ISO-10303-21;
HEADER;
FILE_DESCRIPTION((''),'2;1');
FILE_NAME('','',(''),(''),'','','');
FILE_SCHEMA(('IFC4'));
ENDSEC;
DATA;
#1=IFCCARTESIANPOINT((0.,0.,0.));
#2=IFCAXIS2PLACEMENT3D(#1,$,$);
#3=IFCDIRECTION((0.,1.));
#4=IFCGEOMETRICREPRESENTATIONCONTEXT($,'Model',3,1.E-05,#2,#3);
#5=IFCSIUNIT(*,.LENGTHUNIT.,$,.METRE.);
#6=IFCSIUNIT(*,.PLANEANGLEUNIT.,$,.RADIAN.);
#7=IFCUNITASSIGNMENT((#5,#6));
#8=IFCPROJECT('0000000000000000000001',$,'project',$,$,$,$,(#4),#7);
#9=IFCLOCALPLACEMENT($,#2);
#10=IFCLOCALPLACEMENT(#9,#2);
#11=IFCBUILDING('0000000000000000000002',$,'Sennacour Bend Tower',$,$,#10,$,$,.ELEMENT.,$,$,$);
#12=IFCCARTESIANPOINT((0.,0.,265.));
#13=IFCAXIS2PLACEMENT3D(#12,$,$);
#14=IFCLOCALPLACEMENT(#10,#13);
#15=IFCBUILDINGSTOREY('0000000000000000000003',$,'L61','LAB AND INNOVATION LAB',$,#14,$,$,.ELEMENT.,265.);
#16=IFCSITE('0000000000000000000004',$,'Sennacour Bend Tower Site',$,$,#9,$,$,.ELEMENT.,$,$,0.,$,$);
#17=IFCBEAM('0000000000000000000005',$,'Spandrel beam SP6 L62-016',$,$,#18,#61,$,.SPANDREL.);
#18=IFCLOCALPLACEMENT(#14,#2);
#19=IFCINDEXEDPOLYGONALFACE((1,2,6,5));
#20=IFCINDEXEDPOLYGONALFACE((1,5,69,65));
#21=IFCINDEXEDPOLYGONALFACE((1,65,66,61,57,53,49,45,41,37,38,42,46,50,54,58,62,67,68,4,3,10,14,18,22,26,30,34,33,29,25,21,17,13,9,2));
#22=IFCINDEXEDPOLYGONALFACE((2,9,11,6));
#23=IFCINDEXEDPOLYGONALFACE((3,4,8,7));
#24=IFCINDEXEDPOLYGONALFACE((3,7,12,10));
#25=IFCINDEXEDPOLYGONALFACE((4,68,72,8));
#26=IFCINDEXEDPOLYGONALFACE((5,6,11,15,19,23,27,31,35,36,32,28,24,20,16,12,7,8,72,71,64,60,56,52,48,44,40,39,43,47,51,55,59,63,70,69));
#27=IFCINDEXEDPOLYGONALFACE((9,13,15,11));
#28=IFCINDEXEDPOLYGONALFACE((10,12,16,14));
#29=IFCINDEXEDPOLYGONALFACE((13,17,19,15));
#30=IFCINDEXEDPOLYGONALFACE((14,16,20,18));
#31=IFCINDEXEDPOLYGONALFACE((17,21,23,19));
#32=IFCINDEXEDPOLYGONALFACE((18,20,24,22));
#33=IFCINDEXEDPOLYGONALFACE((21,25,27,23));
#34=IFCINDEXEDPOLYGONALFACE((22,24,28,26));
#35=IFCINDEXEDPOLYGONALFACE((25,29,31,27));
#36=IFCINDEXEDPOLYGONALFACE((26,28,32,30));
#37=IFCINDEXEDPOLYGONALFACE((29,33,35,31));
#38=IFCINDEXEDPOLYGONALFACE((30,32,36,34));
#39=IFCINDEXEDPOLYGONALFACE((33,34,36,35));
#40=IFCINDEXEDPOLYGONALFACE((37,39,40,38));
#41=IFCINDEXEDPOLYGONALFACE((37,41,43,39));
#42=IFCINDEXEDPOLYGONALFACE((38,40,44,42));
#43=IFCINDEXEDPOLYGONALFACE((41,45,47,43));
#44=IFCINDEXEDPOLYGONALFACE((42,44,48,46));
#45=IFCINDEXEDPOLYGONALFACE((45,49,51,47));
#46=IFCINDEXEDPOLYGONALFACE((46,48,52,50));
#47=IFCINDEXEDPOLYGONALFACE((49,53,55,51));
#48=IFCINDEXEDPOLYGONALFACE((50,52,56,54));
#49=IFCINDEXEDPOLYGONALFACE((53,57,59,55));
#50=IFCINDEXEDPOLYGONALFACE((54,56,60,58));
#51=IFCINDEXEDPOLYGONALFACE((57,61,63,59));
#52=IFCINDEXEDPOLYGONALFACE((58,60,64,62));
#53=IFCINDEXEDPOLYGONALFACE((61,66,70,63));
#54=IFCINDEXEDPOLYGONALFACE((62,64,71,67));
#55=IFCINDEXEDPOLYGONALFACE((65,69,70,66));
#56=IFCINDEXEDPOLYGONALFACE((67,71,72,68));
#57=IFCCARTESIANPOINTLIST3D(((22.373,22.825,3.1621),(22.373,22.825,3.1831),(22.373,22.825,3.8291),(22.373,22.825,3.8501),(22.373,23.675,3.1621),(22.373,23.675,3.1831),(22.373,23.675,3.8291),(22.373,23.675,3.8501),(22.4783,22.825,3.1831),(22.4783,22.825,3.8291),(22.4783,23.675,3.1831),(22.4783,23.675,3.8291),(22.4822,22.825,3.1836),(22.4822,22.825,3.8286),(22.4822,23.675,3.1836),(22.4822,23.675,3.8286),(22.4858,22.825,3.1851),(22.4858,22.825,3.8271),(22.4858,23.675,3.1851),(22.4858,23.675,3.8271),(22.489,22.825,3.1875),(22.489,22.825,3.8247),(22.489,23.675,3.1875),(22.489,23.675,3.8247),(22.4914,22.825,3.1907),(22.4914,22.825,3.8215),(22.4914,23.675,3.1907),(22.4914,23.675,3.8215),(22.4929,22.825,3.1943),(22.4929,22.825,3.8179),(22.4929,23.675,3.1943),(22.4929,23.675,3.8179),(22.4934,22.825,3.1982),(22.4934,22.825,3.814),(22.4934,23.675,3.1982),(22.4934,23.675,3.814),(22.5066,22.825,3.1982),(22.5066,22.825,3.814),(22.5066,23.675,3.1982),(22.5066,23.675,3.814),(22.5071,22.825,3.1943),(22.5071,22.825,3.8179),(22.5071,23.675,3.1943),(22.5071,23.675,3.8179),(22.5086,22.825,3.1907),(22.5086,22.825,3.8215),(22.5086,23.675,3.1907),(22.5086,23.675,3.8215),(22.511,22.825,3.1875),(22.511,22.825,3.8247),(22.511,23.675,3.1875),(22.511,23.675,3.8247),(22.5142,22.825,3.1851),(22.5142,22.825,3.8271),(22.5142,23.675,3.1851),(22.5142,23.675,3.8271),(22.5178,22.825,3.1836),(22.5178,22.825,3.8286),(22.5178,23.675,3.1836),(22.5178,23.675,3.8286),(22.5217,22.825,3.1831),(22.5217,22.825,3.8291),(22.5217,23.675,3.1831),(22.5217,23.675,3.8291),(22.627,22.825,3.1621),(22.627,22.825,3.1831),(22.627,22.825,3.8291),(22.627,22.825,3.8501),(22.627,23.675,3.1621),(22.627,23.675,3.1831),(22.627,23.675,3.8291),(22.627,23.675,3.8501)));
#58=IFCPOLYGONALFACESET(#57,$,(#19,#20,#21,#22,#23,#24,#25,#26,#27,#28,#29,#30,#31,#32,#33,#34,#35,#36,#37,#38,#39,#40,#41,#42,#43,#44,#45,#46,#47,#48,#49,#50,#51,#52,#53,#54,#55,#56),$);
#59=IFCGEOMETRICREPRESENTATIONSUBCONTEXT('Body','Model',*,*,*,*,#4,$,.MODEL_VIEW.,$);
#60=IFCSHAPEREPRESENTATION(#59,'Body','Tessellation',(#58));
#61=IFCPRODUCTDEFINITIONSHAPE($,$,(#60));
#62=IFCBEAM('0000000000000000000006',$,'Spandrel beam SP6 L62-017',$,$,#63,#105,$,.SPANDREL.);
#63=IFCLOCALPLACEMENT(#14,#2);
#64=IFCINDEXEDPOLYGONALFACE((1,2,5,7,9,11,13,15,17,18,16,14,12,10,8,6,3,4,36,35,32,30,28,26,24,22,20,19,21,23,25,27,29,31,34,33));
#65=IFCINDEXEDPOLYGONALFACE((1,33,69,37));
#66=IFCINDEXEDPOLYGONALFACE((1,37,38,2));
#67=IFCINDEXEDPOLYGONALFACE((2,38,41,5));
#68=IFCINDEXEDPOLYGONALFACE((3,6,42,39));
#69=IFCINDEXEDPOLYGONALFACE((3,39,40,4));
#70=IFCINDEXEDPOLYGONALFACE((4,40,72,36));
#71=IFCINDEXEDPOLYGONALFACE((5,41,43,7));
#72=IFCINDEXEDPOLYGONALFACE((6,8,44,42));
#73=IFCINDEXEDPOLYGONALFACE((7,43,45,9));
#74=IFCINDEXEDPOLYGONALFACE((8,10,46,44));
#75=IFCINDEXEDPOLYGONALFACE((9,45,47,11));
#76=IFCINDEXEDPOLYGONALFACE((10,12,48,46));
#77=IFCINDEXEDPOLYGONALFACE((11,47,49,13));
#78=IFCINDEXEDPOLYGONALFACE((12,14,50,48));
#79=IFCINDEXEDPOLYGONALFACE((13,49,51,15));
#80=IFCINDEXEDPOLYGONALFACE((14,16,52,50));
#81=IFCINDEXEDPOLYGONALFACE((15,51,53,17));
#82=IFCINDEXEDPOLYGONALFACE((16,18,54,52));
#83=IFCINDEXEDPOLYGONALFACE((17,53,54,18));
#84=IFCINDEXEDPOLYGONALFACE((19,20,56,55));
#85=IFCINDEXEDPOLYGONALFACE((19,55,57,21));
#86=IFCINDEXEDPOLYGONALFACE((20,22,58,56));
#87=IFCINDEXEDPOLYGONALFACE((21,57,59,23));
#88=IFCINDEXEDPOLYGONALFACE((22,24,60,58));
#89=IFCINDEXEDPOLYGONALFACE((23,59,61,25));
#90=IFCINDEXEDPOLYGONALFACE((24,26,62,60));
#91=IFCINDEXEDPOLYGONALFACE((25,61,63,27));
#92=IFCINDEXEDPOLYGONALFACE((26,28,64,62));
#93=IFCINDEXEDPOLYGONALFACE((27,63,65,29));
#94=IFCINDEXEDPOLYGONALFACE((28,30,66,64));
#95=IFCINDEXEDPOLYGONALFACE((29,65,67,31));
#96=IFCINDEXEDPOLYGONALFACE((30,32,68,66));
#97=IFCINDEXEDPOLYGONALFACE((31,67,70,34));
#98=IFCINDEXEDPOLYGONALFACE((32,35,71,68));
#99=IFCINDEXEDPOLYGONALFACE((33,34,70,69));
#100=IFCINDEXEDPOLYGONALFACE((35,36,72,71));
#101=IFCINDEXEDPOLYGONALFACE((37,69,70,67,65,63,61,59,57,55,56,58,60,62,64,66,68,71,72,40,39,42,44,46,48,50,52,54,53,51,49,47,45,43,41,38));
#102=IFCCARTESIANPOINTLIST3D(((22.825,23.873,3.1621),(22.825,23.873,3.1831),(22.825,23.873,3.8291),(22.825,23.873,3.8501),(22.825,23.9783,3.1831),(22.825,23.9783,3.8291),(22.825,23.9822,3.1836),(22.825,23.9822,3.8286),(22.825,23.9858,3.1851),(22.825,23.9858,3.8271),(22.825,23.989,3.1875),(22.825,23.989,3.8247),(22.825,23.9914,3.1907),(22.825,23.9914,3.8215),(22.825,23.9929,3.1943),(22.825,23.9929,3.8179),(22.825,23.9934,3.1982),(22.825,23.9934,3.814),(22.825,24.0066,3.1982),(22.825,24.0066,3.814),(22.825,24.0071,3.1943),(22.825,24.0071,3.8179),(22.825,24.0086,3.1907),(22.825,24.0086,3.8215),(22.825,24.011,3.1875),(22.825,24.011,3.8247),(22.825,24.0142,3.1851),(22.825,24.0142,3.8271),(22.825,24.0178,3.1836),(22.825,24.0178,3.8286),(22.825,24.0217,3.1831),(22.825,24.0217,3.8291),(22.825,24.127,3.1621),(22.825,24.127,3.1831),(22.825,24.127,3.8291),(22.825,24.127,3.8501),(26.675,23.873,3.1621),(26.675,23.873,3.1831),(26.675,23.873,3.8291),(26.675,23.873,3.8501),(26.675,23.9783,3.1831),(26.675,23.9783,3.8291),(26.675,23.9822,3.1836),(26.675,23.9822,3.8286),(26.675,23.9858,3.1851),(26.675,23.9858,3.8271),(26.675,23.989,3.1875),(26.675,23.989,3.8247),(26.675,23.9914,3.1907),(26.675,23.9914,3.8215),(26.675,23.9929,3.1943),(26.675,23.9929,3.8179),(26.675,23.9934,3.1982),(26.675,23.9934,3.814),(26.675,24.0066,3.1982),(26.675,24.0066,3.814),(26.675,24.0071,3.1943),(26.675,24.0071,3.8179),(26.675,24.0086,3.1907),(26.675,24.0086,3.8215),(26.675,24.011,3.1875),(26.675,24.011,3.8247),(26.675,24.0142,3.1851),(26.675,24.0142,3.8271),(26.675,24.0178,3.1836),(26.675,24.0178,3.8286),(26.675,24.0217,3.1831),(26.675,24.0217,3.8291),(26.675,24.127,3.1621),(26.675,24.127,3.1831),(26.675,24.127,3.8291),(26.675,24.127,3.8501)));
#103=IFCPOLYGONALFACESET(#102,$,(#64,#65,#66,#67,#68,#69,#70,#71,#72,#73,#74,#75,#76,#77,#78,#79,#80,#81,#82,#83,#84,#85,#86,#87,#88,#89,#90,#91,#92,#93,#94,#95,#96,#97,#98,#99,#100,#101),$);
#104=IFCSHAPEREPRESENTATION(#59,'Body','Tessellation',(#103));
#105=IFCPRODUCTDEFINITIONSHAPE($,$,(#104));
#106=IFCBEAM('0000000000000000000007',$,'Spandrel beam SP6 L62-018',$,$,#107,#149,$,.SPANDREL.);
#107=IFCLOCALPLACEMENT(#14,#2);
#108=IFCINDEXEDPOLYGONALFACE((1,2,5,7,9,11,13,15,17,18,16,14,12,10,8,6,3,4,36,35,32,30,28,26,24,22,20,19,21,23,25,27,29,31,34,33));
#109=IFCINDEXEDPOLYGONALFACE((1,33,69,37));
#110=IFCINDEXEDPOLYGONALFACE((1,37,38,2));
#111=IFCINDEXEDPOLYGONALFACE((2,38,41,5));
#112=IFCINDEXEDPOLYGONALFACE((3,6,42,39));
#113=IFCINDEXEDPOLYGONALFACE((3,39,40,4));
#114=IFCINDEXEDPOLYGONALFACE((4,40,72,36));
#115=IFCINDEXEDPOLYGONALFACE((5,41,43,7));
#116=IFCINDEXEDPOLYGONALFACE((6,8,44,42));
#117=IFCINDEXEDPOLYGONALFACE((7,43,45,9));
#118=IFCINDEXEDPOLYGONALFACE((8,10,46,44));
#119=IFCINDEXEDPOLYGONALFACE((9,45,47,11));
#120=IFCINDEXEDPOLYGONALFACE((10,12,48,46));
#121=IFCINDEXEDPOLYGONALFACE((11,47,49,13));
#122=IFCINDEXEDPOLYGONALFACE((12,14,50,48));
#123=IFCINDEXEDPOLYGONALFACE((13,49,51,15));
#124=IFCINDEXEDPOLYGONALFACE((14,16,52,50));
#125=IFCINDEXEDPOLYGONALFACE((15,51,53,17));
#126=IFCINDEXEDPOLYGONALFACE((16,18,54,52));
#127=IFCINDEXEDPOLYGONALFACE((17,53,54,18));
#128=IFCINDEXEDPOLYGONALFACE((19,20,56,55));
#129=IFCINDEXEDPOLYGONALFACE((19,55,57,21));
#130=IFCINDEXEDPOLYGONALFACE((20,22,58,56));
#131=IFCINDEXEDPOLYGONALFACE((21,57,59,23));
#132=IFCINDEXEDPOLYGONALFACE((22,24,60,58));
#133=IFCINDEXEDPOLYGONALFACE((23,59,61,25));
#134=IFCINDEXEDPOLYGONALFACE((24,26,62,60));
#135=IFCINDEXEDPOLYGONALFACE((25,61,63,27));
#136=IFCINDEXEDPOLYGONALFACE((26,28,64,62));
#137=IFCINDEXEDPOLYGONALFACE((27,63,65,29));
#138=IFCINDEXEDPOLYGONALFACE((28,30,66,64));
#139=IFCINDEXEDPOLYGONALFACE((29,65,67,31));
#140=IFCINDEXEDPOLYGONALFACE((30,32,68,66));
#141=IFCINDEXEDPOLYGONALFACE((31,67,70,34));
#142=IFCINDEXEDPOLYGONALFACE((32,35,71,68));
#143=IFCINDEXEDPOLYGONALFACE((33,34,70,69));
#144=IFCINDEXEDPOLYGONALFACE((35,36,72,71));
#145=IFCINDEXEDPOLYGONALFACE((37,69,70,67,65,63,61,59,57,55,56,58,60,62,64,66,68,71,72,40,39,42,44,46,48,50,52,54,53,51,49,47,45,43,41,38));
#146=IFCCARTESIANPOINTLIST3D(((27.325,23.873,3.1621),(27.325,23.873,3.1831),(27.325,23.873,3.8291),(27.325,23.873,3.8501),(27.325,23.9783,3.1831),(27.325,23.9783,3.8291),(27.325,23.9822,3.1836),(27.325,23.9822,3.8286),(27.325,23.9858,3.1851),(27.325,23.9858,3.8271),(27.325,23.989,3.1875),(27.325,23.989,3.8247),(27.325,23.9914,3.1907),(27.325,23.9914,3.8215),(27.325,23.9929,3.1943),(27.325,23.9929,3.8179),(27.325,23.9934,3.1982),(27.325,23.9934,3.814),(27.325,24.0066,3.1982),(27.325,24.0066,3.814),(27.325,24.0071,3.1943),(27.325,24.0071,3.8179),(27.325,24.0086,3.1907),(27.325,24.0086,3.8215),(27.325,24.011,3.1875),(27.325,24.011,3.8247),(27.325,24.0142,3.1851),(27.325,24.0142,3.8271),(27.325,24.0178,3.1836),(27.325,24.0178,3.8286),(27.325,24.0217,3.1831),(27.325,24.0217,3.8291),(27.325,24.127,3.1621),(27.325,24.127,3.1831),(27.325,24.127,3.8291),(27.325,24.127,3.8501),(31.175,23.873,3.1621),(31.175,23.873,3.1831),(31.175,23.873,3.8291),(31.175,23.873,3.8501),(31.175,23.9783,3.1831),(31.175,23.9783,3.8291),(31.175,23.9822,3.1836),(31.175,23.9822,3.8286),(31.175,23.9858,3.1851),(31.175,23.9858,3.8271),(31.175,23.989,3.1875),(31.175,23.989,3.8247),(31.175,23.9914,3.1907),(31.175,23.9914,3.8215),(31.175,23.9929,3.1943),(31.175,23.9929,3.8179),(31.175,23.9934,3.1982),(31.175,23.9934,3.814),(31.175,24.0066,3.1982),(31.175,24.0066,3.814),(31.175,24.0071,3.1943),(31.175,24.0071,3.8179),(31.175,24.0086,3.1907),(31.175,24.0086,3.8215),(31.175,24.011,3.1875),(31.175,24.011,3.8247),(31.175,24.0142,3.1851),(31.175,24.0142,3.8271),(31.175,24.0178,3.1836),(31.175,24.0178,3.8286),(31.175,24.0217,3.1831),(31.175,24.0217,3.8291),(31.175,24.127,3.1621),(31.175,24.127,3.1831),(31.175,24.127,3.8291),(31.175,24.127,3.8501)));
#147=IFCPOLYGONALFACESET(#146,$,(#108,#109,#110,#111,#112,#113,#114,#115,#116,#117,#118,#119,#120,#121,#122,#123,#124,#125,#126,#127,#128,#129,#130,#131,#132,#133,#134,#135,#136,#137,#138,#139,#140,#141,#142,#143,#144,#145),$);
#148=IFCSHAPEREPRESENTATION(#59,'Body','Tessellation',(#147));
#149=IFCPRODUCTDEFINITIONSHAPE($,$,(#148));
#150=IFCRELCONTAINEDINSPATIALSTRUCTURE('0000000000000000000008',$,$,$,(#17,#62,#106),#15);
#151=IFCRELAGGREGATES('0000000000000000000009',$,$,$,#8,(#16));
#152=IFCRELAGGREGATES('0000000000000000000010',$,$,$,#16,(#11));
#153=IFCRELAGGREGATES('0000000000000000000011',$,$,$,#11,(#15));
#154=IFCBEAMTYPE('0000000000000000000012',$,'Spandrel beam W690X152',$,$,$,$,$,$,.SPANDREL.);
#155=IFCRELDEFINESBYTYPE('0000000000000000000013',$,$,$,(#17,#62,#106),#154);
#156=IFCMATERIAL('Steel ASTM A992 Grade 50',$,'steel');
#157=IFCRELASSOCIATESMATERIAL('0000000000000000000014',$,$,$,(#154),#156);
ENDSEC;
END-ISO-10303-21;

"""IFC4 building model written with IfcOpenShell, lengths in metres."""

from ifc_helpers import new_model, si_unit, direction, frame, origin, origin_2d, place, context, subcontext, project, spatial, i_section, extrude, material, material_profile, profile_set, type_object, element, save


model = new_model("IFC4")

# Units and contexts
model_context = context("Model", 3, precision=1e-05, world=origin(), true_north=direction((0.0, 1.0)))
body_context = subcontext(model_context, "Body", "Model", "MODEL_VIEW")
ifc_project = project(units=[si_unit("LENGTHUNIT", "METRE"), si_unit("PLANEANGLEUNIT", "RADIAN")], contexts=[model_context])

# Site, building, storey
site_placement = place(None, origin())
site = spatial("IfcSite", under=ifc_project, at=site_placement, Name="Sennacour Bend Tower Site", CompositionType="ELEMENT", RefElevation=0.0)
building_placement = place(site_placement, origin())
building = spatial("IfcBuilding", under=site, at=building_placement, Name="Sennacour Bend Tower", CompositionType="ELEMENT")
storey_placement = place(building_placement, frame((0.0, 0.0, 265.0)))
storey = spatial("IfcBuildingStorey", under=building, at=storey_placement, Name="L61", Description="LAB AND INNOVATION LAB", CompositionType="ELEMENT", Elevation=265.0)

# Beams
ifc_material_1 = material(Name="Steel ASTM A992 Grade 50", Category="steel")
ifc_material_profile_1 = material_profile(ifc_material_1, i_section(OverallWidth=0.2539, OverallDepth=0.688, WebThickness=0.0132, FlangeThickness=0.021, FilletRadius=0.0151, at=origin_2d()), Name="Steel ASTM A992 Grade 50", Category="steel")
ifc_profile_set_1 = profile_set([ifc_material_profile_1], Name="Steel ASTM A992 Grade 50")
beam_type = type_object("IfcBeamType", Name="Spandrel beam W690X152", PredefinedType="SPANDREL", material=ifc_profile_set_1)
beam_placement = place(storey_placement, frame((22.5, 22.825, 3.5061), z_axis=(0.0, 1.0, 0.0), x_axis=(-1.0, 0.0, 0.0)))
element("IfcBeam", 1, at=beam_placement, inside=storey, type_object=beam_type, Name="Spandrel beam SP6 L62-016", PredefinedType="SPANDREL", context=body_context, shape_type="SweptSolid", body=[
    extrude(i_section(OverallWidth=0.2539, OverallDepth=0.688, WebThickness=0.0132, FlangeThickness=0.021, FilletRadius=0.0151, at=origin_2d()), origin(), (0.0, 0.0, 1.0), 0.8501),
])
for number, where, z_axis, x_axis, name in (
    (2, (22.825, 24.0, 3.5061), (1.0, 0.0, 0.0), (0.0, 1.0, 0.0), "Spandrel beam SP6 L62-017"),
    (3, (27.325, 24.0, 3.5061), (1.0, 0.0, 0.0), (0.0, 1.0, 0.0), "Spandrel beam SP6 L62-018"),
):
    element("IfcBeam", number, at=place(storey_placement, frame(where, z_axis=z_axis, x_axis=x_axis)), inside=storey, type_object=beam_type, Name=name, PredefinedType="SPANDREL", context=body_context, shape_type="SweptSolid", body=[
        extrude(i_section(OverallWidth=0.2539, OverallDepth=0.688, WebThickness=0.0132, FlangeThickness=0.021, FilletRadius=0.0151, at=origin_2d()), origin(), (0.0, 0.0, 1.0), 3.8501),
    ])

save(model, "model.ifc")
